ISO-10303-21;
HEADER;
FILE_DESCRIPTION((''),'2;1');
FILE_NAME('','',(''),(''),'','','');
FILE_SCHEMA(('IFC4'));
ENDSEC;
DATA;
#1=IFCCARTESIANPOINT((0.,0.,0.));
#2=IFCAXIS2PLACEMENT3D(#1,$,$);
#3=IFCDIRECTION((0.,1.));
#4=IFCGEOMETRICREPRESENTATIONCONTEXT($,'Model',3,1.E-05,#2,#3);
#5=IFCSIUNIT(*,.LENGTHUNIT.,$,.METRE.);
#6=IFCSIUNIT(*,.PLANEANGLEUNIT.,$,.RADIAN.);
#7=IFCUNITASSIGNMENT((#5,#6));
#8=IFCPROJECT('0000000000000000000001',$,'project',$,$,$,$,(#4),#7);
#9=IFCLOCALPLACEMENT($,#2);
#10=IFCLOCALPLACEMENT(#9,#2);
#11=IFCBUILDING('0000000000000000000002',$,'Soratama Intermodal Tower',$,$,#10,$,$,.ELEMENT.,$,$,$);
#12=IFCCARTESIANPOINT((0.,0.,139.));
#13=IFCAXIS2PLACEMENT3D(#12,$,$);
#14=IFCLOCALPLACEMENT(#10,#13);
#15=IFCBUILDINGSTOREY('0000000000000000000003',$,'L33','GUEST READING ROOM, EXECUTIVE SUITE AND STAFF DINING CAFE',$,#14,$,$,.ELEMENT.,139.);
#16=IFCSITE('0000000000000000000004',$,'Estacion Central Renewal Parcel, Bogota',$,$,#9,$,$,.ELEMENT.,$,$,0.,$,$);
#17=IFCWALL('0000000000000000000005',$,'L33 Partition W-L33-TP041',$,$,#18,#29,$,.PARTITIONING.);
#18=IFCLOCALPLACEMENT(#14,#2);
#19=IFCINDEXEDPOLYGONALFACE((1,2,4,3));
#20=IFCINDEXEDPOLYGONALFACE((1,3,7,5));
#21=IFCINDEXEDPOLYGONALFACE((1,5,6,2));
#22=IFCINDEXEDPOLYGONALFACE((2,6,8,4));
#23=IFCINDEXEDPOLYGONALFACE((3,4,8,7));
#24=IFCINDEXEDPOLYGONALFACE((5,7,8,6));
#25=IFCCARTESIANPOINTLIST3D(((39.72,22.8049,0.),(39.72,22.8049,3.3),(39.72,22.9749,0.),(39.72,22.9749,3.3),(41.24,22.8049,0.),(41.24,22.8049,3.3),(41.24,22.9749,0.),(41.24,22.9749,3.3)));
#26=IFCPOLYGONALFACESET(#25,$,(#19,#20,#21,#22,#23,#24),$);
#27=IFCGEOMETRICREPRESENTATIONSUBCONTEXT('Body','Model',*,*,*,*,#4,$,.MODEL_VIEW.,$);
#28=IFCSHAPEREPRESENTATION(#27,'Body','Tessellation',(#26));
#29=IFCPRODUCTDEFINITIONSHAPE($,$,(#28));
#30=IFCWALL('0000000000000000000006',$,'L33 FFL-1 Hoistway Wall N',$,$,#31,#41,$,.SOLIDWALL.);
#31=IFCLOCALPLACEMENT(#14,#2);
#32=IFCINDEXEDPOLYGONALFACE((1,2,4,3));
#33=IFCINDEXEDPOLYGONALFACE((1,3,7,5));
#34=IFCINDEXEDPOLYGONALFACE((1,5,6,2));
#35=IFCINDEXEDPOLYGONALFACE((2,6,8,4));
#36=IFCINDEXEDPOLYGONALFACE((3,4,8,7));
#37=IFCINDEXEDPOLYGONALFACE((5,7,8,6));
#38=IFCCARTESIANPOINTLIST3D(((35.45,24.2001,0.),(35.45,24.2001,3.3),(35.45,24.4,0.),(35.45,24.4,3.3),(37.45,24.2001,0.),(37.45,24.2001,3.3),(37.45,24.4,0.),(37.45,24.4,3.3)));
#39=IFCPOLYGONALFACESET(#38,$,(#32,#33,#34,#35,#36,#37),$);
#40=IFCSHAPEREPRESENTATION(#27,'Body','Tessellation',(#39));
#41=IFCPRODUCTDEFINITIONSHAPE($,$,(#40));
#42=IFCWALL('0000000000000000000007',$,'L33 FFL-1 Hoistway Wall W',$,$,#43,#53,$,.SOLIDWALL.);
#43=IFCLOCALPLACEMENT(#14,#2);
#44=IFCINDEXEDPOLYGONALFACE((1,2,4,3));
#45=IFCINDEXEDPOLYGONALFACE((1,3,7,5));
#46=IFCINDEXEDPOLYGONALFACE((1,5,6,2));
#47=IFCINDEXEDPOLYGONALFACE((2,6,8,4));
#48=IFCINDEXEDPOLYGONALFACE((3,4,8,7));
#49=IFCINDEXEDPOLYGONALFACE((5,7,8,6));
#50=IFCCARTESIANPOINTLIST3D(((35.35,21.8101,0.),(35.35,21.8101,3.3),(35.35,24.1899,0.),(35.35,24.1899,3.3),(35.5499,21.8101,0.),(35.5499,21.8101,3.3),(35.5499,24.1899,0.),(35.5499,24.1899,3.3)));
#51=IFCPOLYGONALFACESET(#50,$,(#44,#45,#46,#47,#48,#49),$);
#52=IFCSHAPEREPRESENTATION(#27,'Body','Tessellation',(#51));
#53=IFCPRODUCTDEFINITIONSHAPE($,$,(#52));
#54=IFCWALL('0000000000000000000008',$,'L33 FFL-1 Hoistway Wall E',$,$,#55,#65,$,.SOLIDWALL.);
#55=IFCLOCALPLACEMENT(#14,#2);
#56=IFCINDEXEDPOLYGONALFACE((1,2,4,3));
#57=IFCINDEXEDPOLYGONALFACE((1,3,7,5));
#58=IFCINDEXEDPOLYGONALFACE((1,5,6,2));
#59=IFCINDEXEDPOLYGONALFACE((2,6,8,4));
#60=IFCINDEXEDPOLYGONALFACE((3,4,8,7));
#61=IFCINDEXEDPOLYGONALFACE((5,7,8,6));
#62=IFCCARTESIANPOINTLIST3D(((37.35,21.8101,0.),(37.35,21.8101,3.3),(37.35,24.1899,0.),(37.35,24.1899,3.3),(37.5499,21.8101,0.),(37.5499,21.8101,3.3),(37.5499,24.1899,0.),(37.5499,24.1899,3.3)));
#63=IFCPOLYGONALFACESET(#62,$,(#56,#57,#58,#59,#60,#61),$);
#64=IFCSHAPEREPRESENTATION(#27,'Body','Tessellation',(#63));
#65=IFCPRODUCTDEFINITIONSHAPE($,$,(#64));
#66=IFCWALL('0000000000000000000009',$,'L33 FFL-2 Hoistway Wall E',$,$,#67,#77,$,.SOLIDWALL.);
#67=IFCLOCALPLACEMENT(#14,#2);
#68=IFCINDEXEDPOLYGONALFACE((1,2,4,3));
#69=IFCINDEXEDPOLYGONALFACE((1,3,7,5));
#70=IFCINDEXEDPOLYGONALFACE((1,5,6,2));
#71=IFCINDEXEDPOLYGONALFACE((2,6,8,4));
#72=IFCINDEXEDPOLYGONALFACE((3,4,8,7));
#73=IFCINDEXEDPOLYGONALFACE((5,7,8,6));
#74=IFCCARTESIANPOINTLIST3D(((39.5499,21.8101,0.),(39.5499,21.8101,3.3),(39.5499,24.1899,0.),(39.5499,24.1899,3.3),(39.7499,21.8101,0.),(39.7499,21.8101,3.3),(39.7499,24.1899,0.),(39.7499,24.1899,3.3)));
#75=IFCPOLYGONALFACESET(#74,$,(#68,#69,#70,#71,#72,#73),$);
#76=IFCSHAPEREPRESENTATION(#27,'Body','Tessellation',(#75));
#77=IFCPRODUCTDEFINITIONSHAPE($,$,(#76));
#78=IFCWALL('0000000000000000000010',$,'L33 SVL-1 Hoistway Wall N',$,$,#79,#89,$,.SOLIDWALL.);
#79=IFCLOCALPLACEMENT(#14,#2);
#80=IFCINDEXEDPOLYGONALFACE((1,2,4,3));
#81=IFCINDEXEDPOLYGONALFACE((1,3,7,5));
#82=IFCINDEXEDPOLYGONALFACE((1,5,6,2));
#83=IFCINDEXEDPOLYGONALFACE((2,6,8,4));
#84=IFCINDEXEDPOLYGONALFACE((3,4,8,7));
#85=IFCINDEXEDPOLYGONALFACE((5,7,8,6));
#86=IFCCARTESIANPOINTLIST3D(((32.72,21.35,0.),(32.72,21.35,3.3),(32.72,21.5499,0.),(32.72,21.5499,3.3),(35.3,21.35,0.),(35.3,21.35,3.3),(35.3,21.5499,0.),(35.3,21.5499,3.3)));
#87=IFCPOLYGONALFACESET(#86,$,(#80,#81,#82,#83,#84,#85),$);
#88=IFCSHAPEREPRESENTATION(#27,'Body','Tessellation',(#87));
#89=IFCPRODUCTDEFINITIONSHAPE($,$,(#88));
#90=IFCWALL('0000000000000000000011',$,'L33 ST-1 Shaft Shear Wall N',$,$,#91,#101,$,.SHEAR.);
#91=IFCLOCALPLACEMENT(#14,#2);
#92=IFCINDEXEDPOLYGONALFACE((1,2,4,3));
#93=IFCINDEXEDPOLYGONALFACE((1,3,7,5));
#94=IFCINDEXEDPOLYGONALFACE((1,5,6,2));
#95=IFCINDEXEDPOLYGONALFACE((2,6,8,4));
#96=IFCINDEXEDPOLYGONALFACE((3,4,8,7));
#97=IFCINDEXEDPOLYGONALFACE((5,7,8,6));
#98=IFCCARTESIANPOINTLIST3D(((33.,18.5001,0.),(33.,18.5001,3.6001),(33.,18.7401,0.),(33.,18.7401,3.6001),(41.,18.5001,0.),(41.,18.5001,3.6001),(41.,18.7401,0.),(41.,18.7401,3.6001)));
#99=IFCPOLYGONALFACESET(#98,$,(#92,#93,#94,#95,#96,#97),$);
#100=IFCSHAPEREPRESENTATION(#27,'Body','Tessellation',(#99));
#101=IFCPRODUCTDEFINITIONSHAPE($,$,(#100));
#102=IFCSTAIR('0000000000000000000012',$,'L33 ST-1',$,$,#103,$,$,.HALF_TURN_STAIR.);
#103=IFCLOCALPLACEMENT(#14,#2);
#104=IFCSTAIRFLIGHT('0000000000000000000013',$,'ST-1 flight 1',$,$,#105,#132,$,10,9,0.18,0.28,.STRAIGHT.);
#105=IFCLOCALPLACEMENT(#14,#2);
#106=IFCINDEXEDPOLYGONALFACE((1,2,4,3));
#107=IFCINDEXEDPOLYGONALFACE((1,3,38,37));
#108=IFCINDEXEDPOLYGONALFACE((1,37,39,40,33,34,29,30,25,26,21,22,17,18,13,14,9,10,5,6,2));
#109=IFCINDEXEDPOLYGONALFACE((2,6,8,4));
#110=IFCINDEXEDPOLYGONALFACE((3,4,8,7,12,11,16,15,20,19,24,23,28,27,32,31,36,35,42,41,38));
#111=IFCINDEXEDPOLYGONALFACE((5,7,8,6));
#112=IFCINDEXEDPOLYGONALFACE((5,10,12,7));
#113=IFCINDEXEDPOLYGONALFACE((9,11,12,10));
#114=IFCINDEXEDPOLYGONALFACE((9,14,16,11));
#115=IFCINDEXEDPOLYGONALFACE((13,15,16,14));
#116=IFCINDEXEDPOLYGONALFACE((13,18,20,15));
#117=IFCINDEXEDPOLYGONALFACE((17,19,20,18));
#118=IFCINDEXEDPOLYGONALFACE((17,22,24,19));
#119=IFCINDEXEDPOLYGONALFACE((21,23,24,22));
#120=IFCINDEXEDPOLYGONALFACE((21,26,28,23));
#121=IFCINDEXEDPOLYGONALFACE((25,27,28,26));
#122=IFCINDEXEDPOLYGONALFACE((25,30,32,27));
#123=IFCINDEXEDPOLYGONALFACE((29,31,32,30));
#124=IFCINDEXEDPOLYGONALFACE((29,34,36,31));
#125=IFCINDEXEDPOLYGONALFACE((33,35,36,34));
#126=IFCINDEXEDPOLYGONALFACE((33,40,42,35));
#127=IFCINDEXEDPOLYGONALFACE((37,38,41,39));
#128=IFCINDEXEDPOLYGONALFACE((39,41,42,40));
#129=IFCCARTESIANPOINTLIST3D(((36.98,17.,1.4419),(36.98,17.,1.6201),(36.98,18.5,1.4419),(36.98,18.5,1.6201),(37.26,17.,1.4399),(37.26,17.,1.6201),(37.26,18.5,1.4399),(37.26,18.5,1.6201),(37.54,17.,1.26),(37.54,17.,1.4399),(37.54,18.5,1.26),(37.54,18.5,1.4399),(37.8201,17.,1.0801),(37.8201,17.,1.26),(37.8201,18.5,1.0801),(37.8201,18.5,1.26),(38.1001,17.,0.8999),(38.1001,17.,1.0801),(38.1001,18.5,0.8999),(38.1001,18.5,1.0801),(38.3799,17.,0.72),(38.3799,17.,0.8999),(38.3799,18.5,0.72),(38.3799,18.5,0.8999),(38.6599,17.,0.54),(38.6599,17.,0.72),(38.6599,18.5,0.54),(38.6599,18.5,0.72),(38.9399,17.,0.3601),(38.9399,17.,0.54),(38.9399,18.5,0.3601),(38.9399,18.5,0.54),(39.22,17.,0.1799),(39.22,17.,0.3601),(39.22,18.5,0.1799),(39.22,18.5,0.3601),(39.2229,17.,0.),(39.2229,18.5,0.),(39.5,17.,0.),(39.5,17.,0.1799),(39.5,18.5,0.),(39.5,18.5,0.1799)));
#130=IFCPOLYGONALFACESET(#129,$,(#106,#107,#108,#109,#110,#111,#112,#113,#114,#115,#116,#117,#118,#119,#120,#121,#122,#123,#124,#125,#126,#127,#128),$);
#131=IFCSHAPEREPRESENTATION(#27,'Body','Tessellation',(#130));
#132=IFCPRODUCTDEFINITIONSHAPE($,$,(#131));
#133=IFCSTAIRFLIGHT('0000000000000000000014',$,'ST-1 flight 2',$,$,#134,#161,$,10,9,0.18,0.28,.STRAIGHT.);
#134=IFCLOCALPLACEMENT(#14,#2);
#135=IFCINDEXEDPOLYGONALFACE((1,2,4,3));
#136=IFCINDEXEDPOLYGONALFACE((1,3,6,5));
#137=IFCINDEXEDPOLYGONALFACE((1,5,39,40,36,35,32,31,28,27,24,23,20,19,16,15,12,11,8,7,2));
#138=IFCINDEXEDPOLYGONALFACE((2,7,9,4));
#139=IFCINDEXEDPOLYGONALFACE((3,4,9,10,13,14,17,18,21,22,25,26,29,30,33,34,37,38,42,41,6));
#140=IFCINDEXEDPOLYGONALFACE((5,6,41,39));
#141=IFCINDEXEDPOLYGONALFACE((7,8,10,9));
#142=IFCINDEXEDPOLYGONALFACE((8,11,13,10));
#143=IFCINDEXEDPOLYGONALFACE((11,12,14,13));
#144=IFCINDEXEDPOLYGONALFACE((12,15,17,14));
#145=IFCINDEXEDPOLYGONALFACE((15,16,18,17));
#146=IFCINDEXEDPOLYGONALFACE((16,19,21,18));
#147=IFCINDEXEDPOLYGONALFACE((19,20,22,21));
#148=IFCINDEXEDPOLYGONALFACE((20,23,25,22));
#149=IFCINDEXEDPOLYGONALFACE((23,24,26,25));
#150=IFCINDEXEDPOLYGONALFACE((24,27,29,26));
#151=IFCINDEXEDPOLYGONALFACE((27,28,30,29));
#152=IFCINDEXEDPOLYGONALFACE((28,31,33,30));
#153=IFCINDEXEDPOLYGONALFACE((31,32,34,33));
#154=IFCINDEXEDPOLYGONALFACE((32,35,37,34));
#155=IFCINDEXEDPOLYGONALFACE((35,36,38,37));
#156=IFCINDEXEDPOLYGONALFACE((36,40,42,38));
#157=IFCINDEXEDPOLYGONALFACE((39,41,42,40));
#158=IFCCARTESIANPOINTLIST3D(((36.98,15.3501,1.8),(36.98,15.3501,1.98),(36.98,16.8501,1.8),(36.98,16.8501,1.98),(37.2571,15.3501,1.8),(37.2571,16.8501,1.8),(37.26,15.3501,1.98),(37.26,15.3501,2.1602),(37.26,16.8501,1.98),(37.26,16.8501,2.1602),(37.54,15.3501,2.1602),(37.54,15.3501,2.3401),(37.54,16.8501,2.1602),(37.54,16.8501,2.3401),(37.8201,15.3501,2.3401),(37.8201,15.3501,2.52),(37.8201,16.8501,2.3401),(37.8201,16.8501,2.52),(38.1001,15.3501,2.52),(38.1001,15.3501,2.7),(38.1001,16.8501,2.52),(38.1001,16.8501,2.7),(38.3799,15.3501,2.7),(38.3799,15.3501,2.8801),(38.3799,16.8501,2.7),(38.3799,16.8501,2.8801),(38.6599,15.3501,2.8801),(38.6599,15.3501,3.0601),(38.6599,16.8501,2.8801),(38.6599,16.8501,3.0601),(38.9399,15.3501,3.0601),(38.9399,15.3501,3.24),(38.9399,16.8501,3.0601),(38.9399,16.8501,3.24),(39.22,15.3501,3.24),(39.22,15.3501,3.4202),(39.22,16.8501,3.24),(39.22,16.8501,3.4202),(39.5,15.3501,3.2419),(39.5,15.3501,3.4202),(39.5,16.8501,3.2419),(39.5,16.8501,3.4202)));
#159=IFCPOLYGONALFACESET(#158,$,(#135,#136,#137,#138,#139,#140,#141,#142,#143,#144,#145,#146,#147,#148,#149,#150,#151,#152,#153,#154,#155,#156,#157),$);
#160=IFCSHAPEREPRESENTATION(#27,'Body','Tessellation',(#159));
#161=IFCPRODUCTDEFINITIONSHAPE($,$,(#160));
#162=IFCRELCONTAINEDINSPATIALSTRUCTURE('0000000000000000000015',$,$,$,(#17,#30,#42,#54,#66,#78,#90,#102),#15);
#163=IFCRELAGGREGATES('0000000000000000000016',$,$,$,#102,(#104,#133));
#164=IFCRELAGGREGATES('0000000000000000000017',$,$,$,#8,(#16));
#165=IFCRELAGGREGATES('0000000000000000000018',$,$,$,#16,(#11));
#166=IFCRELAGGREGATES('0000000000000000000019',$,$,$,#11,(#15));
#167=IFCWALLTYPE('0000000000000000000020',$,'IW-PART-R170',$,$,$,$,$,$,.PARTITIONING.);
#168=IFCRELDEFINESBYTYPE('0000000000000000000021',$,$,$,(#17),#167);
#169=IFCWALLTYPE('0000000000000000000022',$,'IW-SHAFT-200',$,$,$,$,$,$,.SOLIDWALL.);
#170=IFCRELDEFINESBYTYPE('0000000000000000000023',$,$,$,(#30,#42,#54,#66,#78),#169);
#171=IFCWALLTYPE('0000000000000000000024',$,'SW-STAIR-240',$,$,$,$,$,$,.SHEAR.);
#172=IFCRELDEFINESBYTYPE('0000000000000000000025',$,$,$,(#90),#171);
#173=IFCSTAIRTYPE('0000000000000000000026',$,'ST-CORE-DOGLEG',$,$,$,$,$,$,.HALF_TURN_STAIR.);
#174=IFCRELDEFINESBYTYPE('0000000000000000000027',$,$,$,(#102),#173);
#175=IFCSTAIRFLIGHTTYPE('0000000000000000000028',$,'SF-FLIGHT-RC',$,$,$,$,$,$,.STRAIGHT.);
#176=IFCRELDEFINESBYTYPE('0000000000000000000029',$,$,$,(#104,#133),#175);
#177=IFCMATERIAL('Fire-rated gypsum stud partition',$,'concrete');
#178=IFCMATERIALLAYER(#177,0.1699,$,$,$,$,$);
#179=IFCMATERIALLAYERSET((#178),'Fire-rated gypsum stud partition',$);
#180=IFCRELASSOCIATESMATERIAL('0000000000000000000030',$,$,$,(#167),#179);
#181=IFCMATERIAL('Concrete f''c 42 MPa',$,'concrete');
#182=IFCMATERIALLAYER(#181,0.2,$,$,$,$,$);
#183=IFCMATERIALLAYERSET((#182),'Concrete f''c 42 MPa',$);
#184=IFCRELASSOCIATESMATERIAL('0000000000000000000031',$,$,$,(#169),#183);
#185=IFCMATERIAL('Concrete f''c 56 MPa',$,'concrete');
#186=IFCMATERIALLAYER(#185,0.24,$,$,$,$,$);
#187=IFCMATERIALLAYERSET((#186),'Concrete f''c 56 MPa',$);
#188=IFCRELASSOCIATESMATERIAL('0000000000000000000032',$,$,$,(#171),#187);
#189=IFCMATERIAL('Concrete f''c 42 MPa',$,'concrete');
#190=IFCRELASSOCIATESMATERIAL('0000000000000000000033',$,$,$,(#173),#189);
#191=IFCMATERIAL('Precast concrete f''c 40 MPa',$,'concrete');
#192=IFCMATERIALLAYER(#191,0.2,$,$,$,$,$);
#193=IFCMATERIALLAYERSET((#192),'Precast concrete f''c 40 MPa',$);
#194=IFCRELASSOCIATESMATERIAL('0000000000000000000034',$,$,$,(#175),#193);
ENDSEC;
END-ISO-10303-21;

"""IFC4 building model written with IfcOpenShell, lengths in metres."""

from ifc_helpers import new_model, si_unit, direction, frame, frame_2d, origin, place, context, subcontext, project, spatial, polyline, rectangle, outline, extrude, material, layer, layer_set, type_object, element, aggregate, save


model = new_model("IFC4")

# Units and contexts
model_context = context("Model", 3, precision=1e-05, world=origin(), true_north=direction((0.0, 1.0)))
body_context = subcontext(model_context, "Body", "Model", "MODEL_VIEW")
ifc_project = project(units=[si_unit("LENGTHUNIT", "METRE"), si_unit("PLANEANGLEUNIT", "RADIAN")], contexts=[model_context])

# Site, building, storey
site_placement = place(None, origin())
site = spatial("IfcSite", under=ifc_project, at=site_placement, Name="Estacion Central Renewal Parcel, Bogota", CompositionType="ELEMENT", RefElevation=0.0)
building_placement = place(site_placement, origin())
building = spatial("IfcBuilding", under=site, at=building_placement, Name="Soratama Intermodal Tower", CompositionType="ELEMENT")
storey_placement = place(building_placement, frame((0.0, 0.0, 139.0)))
storey = spatial("IfcBuildingStorey", under=building, at=storey_placement, Name="L33", Description="GUEST READING ROOM, EXECUTIVE SUITE AND STAFF DINING CAFE", CompositionType="ELEMENT", Elevation=139.0)

# Wall
ifc_material_1 = material(Name="Fire-rated gypsum stud partition", Category="concrete")
ifc_layer_1 = layer(ifc_material_1, 0.1699)
ifc_layer_set_1 = layer_set([ifc_layer_1], Name="Fire-rated gypsum stud partition")
wall_type_1 = type_object("IfcWallType", Name="IW-PART-R170", PredefinedType="PARTITIONING", material=ifc_layer_set_1)
wall_1_placement = place(storey_placement, frame((39.72, 22.8899, 0.0), z_axis=(0.0, 0.0, 1.0), x_axis=(1.0, 0.0, 0.0)))
element("IfcWall", 1, at=wall_1_placement, inside=storey, type_object=wall_type_1, Name="L33 Partition W-L33-TP041", PredefinedType="PARTITIONING", context=body_context, shape_type="SweptSolid", body=[
    extrude(rectangle(XDim=1.52, YDim=0.1699, at=frame_2d((0.76, 0.0))), origin(), (0.0, 0.0, 1.0), 3.3),
])

# Shared definitions
ifc_material_2 = material(Name="Concrete f'c 42 MPa", Category="concrete")
ifc_layer_2 = layer(ifc_material_2, 0.2)
ifc_layer_set_2 = layer_set([ifc_layer_2], Name="Concrete f'c 42 MPa")
wall_type_2 = type_object("IfcWallType", Name="IW-SHAFT-200", PredefinedType="SOLIDWALL", material=ifc_layer_set_2)

# Walls
wall_2_placement = place(storey_placement, frame((35.45, 24.3, 0.0), z_axis=(0.0, 0.0, 1.0), x_axis=(1.0, 0.0, 0.0)))
element("IfcWall", 2, at=wall_2_placement, inside=storey, type_object=wall_type_2, Name="L33 FFL-1 Hoistway Wall N", PredefinedType="SOLIDWALL", context=body_context, shape_type="SweptSolid", body=[
    extrude(rectangle(XDim=2.0, YDim=0.2, at=frame_2d((1.0, 0.0))), origin(), (0.0, 0.0, 1.0), 3.3),
])
for number, where, z_axis, x_axis, name in (
    (3, (35.45, 21.8101, 0.0), (0.0, 0.0, 1.0), (0.0, 1.0, 0.0), "L33 FFL-1 Hoistway Wall W"),
    (4, (37.45, 21.8101, 0.0), (0.0, 0.0, 1.0), (0.0, 1.0, 0.0), "L33 FFL-1 Hoistway Wall E"),
):
    element("IfcWall", number, at=place(storey_placement, frame(where, z_axis=z_axis, x_axis=x_axis)), inside=storey, type_object=wall_type_2, Name=name, PredefinedType="SOLIDWALL", context=body_context, shape_type="SweptSolid", body=[
        extrude(rectangle(XDim=2.3799, YDim=0.2, at=frame_2d((1.1899, 0.0))), origin(), (0.0, 0.0, 1.0), 3.3),
    ])

# Walls
wall_3_placement = place(storey_placement, frame((39.6499, 21.8101, 0.0), z_axis=(0.0, 0.0, 1.0), x_axis=(0.0, 1.0, 0.0)))
element("IfcWall", 5, at=wall_3_placement, inside=storey, type_object=wall_type_2, Name="L33 FFL-2 Hoistway Wall E", PredefinedType="SOLIDWALL", context=body_context, shape_type="SweptSolid", body=[
    extrude(rectangle(XDim=2.3799, YDim=0.2, at=frame_2d((1.1899, 0.0))), origin(), (0.0, 0.0, 1.0), 3.3),
])
wall_4_placement = place(storey_placement, frame((32.72, 21.45, 0.0), z_axis=(0.0, 0.0, 1.0), x_axis=(1.0, 0.0, 0.0)))
element("IfcWall", 6, at=wall_4_placement, inside=storey, type_object=wall_type_2, Name="L33 SVL-1 Hoistway Wall N", PredefinedType="SOLIDWALL", context=body_context, shape_type="SweptSolid", body=[
    extrude(rectangle(XDim=2.5801, YDim=0.2, at=frame_2d((1.29, 0.0))), origin(), (0.0, 0.0, 1.0), 3.3),
])

# Wall
ifc_material_3 = material(Name="Concrete f'c 56 MPa", Category="concrete")
ifc_layer_3 = layer(ifc_material_3, 0.24)
ifc_layer_set_3 = layer_set([ifc_layer_3], Name="Concrete f'c 56 MPa")
wall_type_3 = type_object("IfcWallType", Name="SW-STAIR-240", PredefinedType="SHEAR", material=ifc_layer_set_3)
wall_5_placement = place(storey_placement, frame((33.0, 18.6201, 0.0), z_axis=(0.0, 0.0, 1.0), x_axis=(1.0, 0.0, 0.0)))
element("IfcWall", 7, at=wall_5_placement, inside=storey, type_object=wall_type_3, Name="L33 ST-1 Shaft Shear Wall N", PredefinedType="SHEAR", context=body_context, shape_type="SweptSolid", body=[
    extrude(rectangle(XDim=8.0, YDim=0.24, at=frame_2d((4.0, 0.0))), origin(), (0.0, 0.0, 1.0), 3.6001),
])

# Stair, stair flights
ifc_material_4 = material(Name="Concrete f'c 42 MPa", Category="concrete")
stair_type = type_object("IfcStairType", Name="ST-CORE-DOGLEG", PredefinedType="HALF_TURN_STAIR", material=ifc_material_4)
stair_placement = place(storey_placement, origin())
stair = element("IfcStair", 8, at=stair_placement, inside=storey, type_object=stair_type, Name="L33 ST-1", PredefinedType="HALF_TURN_STAIR")
ifc_material_5 = material(Name="Precast concrete f'c 40 MPa", Category="concrete")
ifc_layer_4 = layer(ifc_material_5, 0.2)
ifc_layer_set_4 = layer_set([ifc_layer_4], Name="Precast concrete f'c 40 MPa")
stair_flight_type = type_object("IfcStairFlightType", Name="SF-FLIGHT-RC", PredefinedType="STRAIGHT", material=ifc_layer_set_4)
stair_flight_1_placement = place(storey_placement, frame((39.5, 17.75, 0.0), z_axis=(0.0, 0.0, 1.0), x_axis=(-1.0, 0.0, 0.0)))
stair_flight_1 = element("IfcStairFlight", 9, at=stair_flight_1_placement, type_object=stair_flight_type, Name="ST-1 flight 1", NumberOfRisers=10, NumberOfTreads=9, PredefinedType="STRAIGHT", RiserHeight=0.18, TreadLength=0.28, context=body_context, shape_type="SweptSolid", body=[
    extrude(outline(polyline([(0.0, 0.0), (0.0, 0.1799), (0.28, 0.1799), (0.28, 0.3601), (0.5601, 0.3601), (0.5601, 0.54), (0.8401, 0.54), (0.8401, 0.72), (1.1201, 0.72), (1.1201, 0.8999), (1.3999, 0.8999), (1.3999, 1.0801), (1.6799, 1.0801), (1.6799, 1.26), (1.96, 1.26), (1.96, 1.4399), (2.24, 1.4399), (2.24, 1.6201), (2.52, 1.6201), (2.52, 1.8), (2.52, 1.4419), (0.2771, 0.0), (0.0, 0.0)])), frame((0.0, 0.75, 0.0), z_axis=(0.0, -1.0, 0.0), x_axis=(1.0, 0.0, 0.0)), (0.0, 0.0, 1.0), 1.5),
])
stair_flight_2_placement = place(storey_placement, frame((36.98, 16.1001, 1.8), z_axis=(0.0, 0.0, 1.0), x_axis=(1.0, 0.0, 0.0)))
stair_flight_2 = element("IfcStairFlight", 10, at=stair_flight_2_placement, type_object=stair_flight_type, Name="ST-1 flight 2", NumberOfRisers=10, NumberOfTreads=9, PredefinedType="STRAIGHT", RiserHeight=0.18, TreadLength=0.28, context=body_context, shape_type="SweptSolid", body=[
    extrude(outline(polyline([(0.0, 0.0), (0.0, 0.1799), (0.28, 0.1799), (0.28, 0.3601), (0.5601, 0.3601), (0.5601, 0.54), (0.8401, 0.54), (0.8401, 0.72), (1.1201, 0.72), (1.1201, 0.8999), (1.3999, 0.8999), (1.3999, 1.0801), (1.6799, 1.0801), (1.6799, 1.26), (1.96, 1.26), (1.96, 1.4399), (2.24, 1.4399), (2.24, 1.6201), (2.52, 1.6201), (2.52, 1.8), (2.52, 1.4419), (0.2771, 0.0), (0.0, 0.0)])), frame((0.0, 0.75, 0.0), z_axis=(0.0, -1.0, 0.0), x_axis=(1.0, 0.0, 0.0)), (0.0, 0.0, 1.0), 1.5),
])
aggregate(stair, [stair_flight_1, stair_flight_2])

save(model, "model.ifc")
